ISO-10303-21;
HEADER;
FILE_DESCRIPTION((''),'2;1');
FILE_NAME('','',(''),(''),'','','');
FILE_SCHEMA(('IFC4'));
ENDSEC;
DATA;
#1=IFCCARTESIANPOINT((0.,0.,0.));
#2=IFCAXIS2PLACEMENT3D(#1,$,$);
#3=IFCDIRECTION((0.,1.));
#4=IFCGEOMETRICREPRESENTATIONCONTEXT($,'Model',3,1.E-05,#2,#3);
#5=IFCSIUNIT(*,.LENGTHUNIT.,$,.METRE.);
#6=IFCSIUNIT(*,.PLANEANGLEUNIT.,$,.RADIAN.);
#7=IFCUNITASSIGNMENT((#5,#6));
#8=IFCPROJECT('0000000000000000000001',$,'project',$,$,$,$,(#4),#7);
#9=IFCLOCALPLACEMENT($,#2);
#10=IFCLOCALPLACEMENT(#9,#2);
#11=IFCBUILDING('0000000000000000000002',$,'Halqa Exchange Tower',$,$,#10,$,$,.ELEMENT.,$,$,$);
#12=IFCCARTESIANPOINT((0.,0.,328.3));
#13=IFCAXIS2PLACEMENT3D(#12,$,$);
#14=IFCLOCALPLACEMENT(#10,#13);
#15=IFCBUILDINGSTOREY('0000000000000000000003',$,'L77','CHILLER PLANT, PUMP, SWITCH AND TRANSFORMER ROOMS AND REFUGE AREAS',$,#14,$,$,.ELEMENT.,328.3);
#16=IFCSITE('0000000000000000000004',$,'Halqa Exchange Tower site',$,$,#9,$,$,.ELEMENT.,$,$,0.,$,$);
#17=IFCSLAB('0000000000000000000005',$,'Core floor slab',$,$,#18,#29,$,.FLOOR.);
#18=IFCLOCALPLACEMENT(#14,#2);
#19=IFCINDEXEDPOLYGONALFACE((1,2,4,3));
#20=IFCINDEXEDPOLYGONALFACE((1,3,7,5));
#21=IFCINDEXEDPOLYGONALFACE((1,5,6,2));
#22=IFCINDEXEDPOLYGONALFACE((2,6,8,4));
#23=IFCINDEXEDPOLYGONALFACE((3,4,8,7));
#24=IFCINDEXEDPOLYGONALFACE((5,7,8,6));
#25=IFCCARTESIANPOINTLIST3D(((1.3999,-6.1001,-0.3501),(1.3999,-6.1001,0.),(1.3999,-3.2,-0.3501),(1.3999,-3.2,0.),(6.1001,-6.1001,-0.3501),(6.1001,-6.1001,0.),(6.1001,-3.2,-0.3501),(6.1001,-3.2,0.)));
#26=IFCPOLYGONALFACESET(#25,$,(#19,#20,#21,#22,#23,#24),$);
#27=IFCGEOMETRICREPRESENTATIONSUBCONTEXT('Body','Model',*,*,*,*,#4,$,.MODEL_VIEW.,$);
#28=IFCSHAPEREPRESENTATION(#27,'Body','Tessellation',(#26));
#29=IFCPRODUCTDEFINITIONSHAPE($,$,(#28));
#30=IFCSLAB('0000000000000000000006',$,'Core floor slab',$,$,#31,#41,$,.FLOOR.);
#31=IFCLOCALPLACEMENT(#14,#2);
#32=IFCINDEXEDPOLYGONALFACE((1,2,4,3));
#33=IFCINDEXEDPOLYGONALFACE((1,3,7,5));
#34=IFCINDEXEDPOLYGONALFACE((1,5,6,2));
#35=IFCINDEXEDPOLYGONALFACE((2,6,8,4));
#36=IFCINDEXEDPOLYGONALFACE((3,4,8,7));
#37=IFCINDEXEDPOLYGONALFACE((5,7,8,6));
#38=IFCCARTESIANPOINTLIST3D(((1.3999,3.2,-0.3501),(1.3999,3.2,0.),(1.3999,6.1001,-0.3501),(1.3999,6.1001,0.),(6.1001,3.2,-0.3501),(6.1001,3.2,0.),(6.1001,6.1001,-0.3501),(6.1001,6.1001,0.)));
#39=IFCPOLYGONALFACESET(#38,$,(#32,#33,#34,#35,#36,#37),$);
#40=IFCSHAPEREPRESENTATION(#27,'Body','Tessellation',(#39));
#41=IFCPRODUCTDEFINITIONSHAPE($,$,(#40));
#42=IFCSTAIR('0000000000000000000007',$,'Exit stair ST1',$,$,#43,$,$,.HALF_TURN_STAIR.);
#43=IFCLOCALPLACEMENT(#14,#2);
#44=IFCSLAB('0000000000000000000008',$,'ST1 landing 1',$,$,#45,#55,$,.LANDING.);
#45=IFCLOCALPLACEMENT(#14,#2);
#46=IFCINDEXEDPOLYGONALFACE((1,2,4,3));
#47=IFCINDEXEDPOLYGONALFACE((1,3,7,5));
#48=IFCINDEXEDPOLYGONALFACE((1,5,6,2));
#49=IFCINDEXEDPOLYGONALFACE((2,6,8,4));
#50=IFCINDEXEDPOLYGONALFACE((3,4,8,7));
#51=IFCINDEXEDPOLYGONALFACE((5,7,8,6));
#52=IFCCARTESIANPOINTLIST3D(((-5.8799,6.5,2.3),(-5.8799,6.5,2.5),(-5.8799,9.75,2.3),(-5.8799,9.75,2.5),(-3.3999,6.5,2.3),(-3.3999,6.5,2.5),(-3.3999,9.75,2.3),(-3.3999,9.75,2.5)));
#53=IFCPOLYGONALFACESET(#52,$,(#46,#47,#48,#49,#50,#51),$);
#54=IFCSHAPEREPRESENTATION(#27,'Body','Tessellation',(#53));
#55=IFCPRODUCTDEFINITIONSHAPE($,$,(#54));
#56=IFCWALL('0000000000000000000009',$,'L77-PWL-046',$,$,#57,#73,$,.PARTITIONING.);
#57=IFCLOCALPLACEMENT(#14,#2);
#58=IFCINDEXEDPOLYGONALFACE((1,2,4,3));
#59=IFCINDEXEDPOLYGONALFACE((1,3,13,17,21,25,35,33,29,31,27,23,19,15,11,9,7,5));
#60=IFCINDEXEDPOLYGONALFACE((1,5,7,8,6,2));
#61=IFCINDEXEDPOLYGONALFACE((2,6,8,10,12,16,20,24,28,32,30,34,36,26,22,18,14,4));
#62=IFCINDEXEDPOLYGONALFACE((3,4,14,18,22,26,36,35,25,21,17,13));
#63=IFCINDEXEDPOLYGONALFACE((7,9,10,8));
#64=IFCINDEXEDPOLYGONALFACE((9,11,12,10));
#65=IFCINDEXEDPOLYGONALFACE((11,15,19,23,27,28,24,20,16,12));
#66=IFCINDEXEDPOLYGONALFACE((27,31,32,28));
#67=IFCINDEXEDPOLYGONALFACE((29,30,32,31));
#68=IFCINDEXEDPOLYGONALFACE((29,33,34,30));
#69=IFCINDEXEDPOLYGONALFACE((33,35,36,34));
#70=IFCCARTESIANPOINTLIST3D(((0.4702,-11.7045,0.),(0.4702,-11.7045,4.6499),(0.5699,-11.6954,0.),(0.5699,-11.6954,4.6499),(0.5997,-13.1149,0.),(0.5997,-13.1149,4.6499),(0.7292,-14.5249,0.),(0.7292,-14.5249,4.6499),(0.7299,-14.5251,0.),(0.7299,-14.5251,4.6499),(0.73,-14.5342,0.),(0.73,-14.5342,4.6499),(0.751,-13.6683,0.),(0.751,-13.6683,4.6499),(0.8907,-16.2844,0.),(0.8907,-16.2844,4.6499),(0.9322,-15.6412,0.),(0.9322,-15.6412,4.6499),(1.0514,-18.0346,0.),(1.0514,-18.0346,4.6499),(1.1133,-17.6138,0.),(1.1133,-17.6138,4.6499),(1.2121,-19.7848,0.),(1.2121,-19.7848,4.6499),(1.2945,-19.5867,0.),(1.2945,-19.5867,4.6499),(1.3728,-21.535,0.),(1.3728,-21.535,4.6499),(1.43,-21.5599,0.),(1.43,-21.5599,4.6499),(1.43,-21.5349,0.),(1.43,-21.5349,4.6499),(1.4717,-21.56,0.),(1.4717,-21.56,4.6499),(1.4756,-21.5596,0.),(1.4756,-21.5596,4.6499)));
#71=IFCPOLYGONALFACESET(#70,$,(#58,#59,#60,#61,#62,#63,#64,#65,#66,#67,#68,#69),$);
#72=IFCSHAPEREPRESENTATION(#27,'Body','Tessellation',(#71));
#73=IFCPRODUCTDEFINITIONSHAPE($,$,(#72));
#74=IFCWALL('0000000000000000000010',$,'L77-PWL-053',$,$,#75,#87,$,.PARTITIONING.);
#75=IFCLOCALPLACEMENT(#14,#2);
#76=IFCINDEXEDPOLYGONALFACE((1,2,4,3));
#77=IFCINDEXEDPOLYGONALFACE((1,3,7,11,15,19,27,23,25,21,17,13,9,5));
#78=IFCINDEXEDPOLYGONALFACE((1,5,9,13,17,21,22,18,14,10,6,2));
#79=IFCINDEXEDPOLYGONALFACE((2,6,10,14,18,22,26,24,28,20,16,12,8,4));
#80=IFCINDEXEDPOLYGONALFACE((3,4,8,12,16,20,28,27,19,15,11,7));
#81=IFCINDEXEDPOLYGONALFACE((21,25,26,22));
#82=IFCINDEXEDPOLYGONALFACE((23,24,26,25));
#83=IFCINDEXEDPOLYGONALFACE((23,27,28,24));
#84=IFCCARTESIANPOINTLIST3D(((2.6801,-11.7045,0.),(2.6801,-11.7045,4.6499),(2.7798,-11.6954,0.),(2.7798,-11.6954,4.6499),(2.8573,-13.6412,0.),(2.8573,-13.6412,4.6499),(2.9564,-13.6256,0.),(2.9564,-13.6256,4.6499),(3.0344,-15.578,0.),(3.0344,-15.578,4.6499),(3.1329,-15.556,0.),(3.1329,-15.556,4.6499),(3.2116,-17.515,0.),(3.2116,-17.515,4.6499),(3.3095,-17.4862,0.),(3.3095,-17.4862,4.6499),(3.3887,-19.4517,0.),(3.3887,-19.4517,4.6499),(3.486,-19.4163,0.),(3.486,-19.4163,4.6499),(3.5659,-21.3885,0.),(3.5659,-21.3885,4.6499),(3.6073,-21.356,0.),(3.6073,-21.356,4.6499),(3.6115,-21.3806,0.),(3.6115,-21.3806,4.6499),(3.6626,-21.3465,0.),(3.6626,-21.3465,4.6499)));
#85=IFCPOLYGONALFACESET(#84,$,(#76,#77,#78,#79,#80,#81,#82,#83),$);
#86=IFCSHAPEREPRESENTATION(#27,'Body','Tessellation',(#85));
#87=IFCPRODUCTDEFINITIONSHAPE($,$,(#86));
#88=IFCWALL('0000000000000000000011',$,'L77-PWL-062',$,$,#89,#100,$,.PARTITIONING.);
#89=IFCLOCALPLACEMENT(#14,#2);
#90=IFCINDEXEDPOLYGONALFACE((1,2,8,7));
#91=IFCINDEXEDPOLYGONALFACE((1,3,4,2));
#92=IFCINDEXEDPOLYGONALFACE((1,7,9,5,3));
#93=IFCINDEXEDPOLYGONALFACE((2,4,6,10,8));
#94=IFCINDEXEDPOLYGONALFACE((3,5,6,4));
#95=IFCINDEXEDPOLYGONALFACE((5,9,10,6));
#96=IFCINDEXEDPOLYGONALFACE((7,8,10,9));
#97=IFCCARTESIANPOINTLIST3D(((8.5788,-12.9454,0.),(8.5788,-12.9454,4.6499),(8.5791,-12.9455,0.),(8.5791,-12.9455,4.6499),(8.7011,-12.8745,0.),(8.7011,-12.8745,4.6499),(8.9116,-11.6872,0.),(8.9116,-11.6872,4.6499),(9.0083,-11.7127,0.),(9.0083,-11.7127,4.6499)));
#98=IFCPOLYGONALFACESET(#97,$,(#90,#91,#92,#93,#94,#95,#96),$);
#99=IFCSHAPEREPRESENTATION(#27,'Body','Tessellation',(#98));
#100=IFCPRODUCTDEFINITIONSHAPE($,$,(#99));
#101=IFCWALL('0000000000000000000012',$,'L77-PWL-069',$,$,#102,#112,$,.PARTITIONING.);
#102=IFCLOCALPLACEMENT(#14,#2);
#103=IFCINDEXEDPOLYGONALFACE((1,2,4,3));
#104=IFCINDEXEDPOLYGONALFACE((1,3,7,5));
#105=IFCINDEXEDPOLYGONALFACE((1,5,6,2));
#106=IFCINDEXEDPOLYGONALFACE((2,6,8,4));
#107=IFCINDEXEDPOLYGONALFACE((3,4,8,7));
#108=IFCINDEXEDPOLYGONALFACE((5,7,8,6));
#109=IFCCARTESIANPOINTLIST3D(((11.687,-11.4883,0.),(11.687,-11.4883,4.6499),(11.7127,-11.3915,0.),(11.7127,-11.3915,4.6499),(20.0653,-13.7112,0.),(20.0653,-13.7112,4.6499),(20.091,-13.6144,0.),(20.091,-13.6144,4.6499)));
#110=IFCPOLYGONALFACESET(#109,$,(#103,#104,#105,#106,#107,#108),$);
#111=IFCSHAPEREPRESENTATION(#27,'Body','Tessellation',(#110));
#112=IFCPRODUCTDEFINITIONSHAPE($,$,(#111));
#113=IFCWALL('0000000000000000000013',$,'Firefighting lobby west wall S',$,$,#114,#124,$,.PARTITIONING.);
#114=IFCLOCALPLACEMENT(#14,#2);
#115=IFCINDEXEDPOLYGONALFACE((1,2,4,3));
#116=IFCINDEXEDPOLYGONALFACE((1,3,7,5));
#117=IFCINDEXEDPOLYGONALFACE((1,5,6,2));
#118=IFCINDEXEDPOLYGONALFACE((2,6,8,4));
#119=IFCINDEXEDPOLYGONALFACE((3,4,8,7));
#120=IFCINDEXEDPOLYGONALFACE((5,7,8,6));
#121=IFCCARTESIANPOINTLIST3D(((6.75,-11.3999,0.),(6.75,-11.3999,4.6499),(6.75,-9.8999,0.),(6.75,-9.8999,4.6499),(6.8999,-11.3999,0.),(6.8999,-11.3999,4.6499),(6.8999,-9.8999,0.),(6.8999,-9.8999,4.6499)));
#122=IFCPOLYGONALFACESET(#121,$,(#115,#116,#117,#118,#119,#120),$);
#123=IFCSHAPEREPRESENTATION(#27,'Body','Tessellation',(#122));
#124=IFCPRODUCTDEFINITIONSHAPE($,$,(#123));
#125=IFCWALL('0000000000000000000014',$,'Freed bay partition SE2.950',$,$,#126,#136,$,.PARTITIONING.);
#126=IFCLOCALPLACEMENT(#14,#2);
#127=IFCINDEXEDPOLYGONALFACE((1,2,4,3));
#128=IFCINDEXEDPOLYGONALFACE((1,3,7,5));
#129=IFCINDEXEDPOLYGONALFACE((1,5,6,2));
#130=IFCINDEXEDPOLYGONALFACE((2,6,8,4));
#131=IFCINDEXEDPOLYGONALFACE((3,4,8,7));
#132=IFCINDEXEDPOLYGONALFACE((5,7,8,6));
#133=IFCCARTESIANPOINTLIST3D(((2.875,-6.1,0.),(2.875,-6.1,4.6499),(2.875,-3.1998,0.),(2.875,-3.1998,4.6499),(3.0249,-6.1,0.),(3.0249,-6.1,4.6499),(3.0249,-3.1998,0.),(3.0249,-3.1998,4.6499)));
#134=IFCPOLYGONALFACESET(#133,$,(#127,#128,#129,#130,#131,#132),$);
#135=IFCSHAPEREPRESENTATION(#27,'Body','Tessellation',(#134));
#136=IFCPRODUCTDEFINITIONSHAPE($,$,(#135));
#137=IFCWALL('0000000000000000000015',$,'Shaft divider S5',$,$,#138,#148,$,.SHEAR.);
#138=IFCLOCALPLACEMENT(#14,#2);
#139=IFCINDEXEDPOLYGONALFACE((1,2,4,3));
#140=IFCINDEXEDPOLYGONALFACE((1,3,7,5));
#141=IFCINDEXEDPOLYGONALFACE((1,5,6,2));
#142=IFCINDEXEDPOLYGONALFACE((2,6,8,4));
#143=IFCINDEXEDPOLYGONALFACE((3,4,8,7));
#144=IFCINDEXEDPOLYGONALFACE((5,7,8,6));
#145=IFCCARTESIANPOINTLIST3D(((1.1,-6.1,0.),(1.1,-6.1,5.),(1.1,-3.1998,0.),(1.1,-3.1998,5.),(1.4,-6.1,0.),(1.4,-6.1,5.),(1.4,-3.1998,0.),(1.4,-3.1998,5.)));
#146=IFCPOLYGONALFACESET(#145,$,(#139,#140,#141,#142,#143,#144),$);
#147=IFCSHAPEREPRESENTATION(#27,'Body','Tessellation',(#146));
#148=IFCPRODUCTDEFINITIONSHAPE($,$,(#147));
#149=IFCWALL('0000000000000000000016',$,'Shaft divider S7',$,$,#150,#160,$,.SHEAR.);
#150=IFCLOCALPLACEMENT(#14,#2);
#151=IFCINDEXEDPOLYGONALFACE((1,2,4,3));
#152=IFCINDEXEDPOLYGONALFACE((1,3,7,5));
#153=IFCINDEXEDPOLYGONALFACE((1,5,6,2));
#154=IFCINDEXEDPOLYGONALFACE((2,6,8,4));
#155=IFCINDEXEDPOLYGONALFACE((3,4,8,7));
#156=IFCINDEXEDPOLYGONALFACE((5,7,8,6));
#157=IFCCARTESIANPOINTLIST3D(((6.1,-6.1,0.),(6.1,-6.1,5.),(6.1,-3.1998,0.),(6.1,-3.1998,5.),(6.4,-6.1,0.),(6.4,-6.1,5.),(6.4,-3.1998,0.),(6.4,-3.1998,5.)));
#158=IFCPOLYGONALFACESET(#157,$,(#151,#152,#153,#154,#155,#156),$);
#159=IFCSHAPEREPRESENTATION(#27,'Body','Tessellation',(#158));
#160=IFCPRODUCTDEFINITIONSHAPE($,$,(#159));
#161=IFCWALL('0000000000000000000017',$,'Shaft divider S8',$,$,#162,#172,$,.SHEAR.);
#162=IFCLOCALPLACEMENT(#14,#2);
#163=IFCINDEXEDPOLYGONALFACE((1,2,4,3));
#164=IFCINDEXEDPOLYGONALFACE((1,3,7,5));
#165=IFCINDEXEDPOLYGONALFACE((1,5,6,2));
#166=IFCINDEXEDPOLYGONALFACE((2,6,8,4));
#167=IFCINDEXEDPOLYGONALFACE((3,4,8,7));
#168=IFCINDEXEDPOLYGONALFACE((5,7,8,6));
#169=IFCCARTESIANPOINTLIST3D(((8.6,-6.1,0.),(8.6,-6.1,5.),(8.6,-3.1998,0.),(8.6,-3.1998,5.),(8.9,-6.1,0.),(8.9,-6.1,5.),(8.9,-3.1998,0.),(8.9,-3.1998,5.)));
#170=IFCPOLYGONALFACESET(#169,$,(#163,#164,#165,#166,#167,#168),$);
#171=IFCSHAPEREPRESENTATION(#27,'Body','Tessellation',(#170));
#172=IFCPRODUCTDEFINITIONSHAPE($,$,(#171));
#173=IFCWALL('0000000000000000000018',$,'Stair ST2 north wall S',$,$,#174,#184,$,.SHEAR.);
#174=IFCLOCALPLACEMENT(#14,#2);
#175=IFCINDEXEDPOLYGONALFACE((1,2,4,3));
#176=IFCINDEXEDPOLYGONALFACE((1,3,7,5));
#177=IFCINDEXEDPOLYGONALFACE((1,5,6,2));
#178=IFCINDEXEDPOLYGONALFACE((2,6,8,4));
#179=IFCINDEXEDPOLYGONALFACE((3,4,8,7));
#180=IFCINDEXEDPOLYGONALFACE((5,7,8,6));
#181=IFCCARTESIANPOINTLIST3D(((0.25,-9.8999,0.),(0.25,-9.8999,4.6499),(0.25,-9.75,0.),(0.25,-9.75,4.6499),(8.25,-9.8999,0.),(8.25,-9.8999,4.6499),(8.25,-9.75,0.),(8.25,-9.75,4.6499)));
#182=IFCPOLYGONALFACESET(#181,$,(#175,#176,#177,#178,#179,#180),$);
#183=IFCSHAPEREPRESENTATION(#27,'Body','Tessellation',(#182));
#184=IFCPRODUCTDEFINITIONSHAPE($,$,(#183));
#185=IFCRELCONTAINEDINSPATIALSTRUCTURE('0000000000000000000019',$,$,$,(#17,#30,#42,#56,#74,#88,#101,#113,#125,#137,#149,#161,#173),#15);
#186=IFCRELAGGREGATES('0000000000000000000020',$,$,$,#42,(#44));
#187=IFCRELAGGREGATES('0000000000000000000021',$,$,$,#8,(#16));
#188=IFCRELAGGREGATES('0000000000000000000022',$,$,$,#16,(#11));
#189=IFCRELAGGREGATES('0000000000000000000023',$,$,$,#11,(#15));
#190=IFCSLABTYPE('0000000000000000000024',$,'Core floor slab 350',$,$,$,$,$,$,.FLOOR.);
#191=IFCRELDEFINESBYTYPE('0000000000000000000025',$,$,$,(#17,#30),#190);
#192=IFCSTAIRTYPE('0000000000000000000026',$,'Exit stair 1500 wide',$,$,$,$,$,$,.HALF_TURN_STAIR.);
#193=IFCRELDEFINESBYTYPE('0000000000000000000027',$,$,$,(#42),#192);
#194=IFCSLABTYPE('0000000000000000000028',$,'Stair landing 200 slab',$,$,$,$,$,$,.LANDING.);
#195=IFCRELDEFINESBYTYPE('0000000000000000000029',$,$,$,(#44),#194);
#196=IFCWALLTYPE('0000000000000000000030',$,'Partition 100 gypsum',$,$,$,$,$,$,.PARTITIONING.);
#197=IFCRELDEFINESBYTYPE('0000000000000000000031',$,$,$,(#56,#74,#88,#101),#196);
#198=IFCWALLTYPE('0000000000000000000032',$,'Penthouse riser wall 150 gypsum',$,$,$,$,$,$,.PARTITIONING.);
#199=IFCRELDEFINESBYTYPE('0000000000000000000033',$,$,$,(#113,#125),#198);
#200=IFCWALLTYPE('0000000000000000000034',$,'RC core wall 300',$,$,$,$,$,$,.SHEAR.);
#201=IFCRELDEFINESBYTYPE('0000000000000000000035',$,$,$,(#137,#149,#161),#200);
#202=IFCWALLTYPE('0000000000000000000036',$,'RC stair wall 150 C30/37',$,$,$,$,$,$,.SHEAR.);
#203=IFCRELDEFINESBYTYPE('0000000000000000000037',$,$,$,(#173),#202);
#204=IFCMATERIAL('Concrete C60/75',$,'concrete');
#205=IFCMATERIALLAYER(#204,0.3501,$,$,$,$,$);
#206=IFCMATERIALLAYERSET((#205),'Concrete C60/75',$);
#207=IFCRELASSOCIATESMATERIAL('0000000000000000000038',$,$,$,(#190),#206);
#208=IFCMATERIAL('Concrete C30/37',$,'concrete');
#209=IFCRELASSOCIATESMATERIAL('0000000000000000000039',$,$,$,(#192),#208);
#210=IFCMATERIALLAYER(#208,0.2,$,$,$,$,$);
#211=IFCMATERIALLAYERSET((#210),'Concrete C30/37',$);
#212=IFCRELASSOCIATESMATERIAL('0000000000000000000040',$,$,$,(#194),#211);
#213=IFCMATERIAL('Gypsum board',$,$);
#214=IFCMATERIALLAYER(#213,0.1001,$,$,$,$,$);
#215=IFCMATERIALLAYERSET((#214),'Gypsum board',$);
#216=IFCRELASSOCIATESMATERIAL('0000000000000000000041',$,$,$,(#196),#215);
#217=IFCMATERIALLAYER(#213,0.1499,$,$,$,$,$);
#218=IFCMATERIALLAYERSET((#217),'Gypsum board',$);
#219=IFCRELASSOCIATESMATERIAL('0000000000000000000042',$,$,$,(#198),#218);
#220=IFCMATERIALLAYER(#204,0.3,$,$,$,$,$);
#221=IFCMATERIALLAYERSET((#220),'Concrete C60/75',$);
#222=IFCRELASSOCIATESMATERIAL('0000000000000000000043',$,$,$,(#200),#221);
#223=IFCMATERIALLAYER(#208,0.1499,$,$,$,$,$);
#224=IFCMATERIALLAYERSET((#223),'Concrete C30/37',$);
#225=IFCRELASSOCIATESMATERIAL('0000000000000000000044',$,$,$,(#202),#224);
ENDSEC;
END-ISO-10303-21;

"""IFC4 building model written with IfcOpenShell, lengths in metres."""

from ifc_helpers import new_model, si_unit, direction, frame, frame_2d, origin, place, context, subcontext, project, spatial, polyline, rectangle, outline, extrude, material, layer, layer_set, type_object, element, aggregate, save


model = new_model("IFC4")

# Units and contexts
model_context = context("Model", 3, precision=1e-05, world=origin(), true_north=direction((0.0, 1.0)))
body_context = subcontext(model_context, "Body", "Model", "MODEL_VIEW")
ifc_project = project(units=[si_unit("LENGTHUNIT", "METRE"), si_unit("PLANEANGLEUNIT", "RADIAN")], contexts=[model_context])

# Site, building, storey
site_placement = place(None, origin())
site = spatial("IfcSite", under=ifc_project, at=site_placement, Name="Halqa Exchange Tower site", CompositionType="ELEMENT", RefElevation=0.0)
building_placement = place(site_placement, origin())
building = spatial("IfcBuilding", under=site, at=building_placement, Name="Halqa Exchange Tower", CompositionType="ELEMENT")
storey_placement = place(building_placement, frame((0.0, 0.0, 328.3)))
storey = spatial("IfcBuildingStorey", under=building, at=storey_placement, Name="L77", Description="CHILLER PLANT, PUMP, SWITCH AND TRANSFORMER ROOMS AND REFUGE AREAS", CompositionType="ELEMENT", Elevation=328.3)

# Slabs
ifc_material_1 = material(Name="Concrete C60/75", Category="concrete")
ifc_layer_1 = layer(ifc_material_1, 0.3501)
ifc_layer_set_1 = layer_set([ifc_layer_1], Name="Concrete C60/75")
slab_type_1 = type_object("IfcSlabType", Name="Core floor slab 350", PredefinedType="FLOOR", material=ifc_layer_set_1)
slab_1_placement = place(storey_placement, frame((0.0, 0.0, -0.3501)))
element("IfcSlab", 1, at=slab_1_placement, inside=storey, type_object=slab_type_1, Name="Core floor slab", PredefinedType="FLOOR", context=body_context, shape_type="SweptSolid", body=[
    extrude(outline(polyline([(6.1001, -3.2), (6.1001, -6.1001), (1.3999, -6.1001), (1.3999, -3.2), (6.1001, -3.2)])), origin(), (0.0, 0.0, 1.0), 0.3501),
])
slab_2_placement = place(storey_placement, frame((0.0, 0.0, -0.3501)))
element("IfcSlab", 2, at=slab_2_placement, inside=storey, type_object=slab_type_1, Name="Core floor slab", PredefinedType="FLOOR", context=body_context, shape_type="SweptSolid", body=[
    extrude(outline(polyline([(6.1001, 6.1001), (6.1001, 3.2), (1.3999, 3.2), (1.3999, 6.1001), (6.1001, 6.1001)])), origin(), (0.0, 0.0, 1.0), 0.3501),
])

# Stair, slab
ifc_material_2 = material(Name="Concrete C30/37", Category="concrete")
stair_type = type_object("IfcStairType", Name="Exit stair 1500 wide", PredefinedType="HALF_TURN_STAIR", material=ifc_material_2)
stair_1_placement = place(storey_placement, origin())
stair_1 = element("IfcStair", 3, at=stair_1_placement, inside=storey, type_object=stair_type, Name="Exit stair ST1", PredefinedType="HALF_TURN_STAIR")
ifc_layer_2 = layer(ifc_material_2, 0.2)
ifc_layer_set_2 = layer_set([ifc_layer_2], Name="Concrete C30/37")
slab_type_2 = type_object("IfcSlabType", Name="Stair landing 200 slab", PredefinedType="LANDING", material=ifc_layer_set_2)
slab_3_placement = place(storey_placement, frame((0.0, 0.0, 2.3)))
slab_3 = element("IfcSlab", 4, at=slab_3_placement, type_object=slab_type_2, Name="ST1 landing 1", PredefinedType="LANDING", context=body_context, shape_type="SweptSolid", body=[
    extrude(outline(polyline([(-5.8799, 6.5), (-3.3999, 6.5), (-3.3999, 9.75), (-5.8799, 9.75), (-5.8799, 6.5)])), origin(), (0.0, 0.0, 1.0), 0.2),
])
aggregate(stair_1, [slab_3])

# Walls
ifc_material_3 = material(Name="Gypsum board")
ifc_layer_3 = layer(ifc_material_3, 0.1001)
ifc_layer_set_3 = layer_set([ifc_layer_3], Name="Gypsum board")
wall_type_1 = type_object("IfcWallType", Name="Partition 100 gypsum", PredefinedType="PARTITIONING", material=ifc_layer_set_3)
wall_1_placement = place(storey_placement, frame((0.52, -11.7, 0.0), z_axis=(0.0, 0.0, 1.0), x_axis=(0.091438, -0.995811, 0.0)))
element("IfcWall", 5, at=wall_1_placement, inside=storey, type_object=wall_type_1, Name="L77-PWL-046", PredefinedType="PARTITIONING", context=body_context, shape_type="SweptSolid", body=[
    extrude(outline(polyline([(0.0, -0.05), (1.4163, -0.05), (2.8323, -0.05), (2.8325, -0.0493), (2.8416, -0.05), (4.5991, -0.05), (6.3567, -0.05), (8.1143, -0.05), (9.8718, -0.05), (9.877, 0.0068), (9.9019, 0.0046), (9.9058, 0.0461), (9.9058, 0.05), (7.9246, 0.05), (5.9434, 0.05), (3.9624, 0.05), (1.9812, 0.05), (0.0, 0.05), (0.0, -0.05)])), origin(), (0.0, 0.0, 1.0), 4.6499),
])
wall_2_placement = place(storey_placement, frame((2.73, -11.7, 0.0), z_axis=(0.0, 0.0, 1.0), x_axis=(0.091086, -0.995843, 0.0)))
element("IfcWall", 6, at=wall_2_placement, inside=storey, type_object=wall_type_1, Name="L77-PWL-053", PredefinedType="PARTITIONING", context=body_context, shape_type="SweptSolid", body=[
    extrude(outline(polyline([(9.7244, -0.05), (9.7244, -0.05), (9.7207, -0.0039), (9.6958, -0.0059), (9.6914, 0.05), (7.7532, 0.05), (5.8149, 0.05), (3.8767, 0.05), (1.9382, 0.05), (0.0, 0.05), (0.0, -0.05), (1.9448, -0.05), (3.8896, -0.05), (5.8347, -0.05), (7.7795, -0.05), (9.7244, -0.05)])), origin(), (0.0, 0.0, 1.0), 4.6499),
])
wall_3_placement = place(storey_placement, frame((8.96, -11.7, 0.0), z_axis=(0.0, 0.0, 1.0), x_axis=(-0.255666, -0.966765, 0.0)))
element("IfcWall", 7, at=wall_3_placement, inside=storey, type_object=wall_type_1, Name="L77-PWL-062", PredefinedType="PARTITIONING", context=body_context, shape_type="SweptSolid", body=[
    extrude(outline(polyline([(1.3015, -0.05), (1.3015, -0.0498), (1.2017, 0.05), (0.0, 0.05), (0.0, -0.05), (1.3015, -0.05)])), origin(), (0.0, 0.0, 1.0), 4.6499),
])
wall_4_placement = place(storey_placement, frame((11.7, -11.4399, 0.0), z_axis=(0.0, 0.0, 1.0), x_axis=(0.96656, -0.256441, 0.0)))
element("IfcWall", 8, at=wall_4_placement, inside=storey, type_object=wall_type_1, Name="L77-PWL-069", PredefinedType="PARTITIONING", context=body_context, shape_type="SweptSolid", body=[
    extrude(rectangle(XDim=8.6682, YDim=0.1001, at=frame_2d((4.334, 0.0))), origin(), (0.0, 0.0, 1.0), 4.6499),
])
ifc_layer_4 = layer(ifc_material_3, 0.1499)
ifc_layer_set_4 = layer_set([ifc_layer_4], Name="Gypsum board")
wall_type_2 = type_object("IfcWallType", Name="Penthouse riser wall 150 gypsum", PredefinedType="PARTITIONING", material=ifc_layer_set_4)
wall_5_placement = place(storey_placement, frame((6.825, -11.3999, 0.0), z_axis=(0.0, 0.0, 1.0), x_axis=(0.0, 1.0, 0.0)))
element("IfcWall", 9, at=wall_5_placement, inside=storey, type_object=wall_type_2, Name="Firefighting lobby west wall S", PredefinedType="PARTITIONING", context=body_context, shape_type="SweptSolid", body=[
    extrude(rectangle(XDim=1.5, YDim=0.1499, at=frame_2d((0.75, 0.0))), origin(), (0.0, 0.0, 1.0), 4.6499),
])
wall_6_placement = place(storey_placement, frame((2.95, -6.1001, 0.0), z_axis=(0.0, 0.0, 1.0), x_axis=(0.0, 1.0, 0.0)))
element("IfcWall", 10, at=wall_6_placement, inside=storey, type_object=wall_type_2, Name="Freed bay partition SE2.950", PredefinedType="PARTITIONING", context=body_context, shape_type="SweptSolid", body=[
    extrude(rectangle(XDim=2.9001, YDim=0.1499, at=frame_2d((1.4502, 0.0))), origin(), (0.0, 0.0, 1.0), 4.6499),
])
ifc_layer_5 = layer(ifc_material_1, 0.3)
ifc_layer_set_5 = layer_set([ifc_layer_5], Name="Concrete C60/75")
wall_type_3 = type_object("IfcWallType", Name="RC core wall 300", PredefinedType="SHEAR", material=ifc_layer_set_5)
for number, where, z_axis, x_axis, name in (
    (11, (1.25, -6.1001, 0.0), (0.0, 0.0, 1.0), (0.0, 1.0, 0.0), "Shaft divider S5"),
    (12, (6.25, -6.1001, 0.0), (0.0, 0.0, 1.0), (0.0, 1.0, 0.0), "Shaft divider S7"),
    (13, (8.75, -6.1001, 0.0), (0.0, 0.0, 1.0), (0.0, 1.0, 0.0), "Shaft divider S8"),
):
    element("IfcWall", number, at=place(storey_placement, frame(where, z_axis=z_axis, x_axis=x_axis)), inside=storey, type_object=wall_type_3, Name=name, PredefinedType="SHEAR", context=body_context, shape_type="SweptSolid", body=[
        extrude(rectangle(XDim=2.9001, YDim=0.3, at=frame_2d((1.4502, 0.0))), origin(), (0.0, 0.0, 1.0), 5.0),
    ])
ifc_layer_6 = layer(ifc_material_2, 0.1499)
ifc_layer_set_6 = layer_set([ifc_layer_6], Name="Concrete C30/37")
wall_type_4 = type_object("IfcWallType", Name="RC stair wall 150 C30/37", PredefinedType="SHEAR", material=ifc_layer_set_6)
wall_7_placement = place(storey_placement, frame((0.25, -9.825, 0.0), z_axis=(0.0, 0.0, 1.0), x_axis=(1.0, 0.0, 0.0)))
element("IfcWall", 14, at=wall_7_placement, inside=storey, type_object=wall_type_4, Name="Stair ST2 north wall S", PredefinedType="SHEAR", context=body_context, shape_type="SweptSolid", body=[
    extrude(rectangle(XDim=8.0, YDim=0.1499, at=frame_2d((4.0, 0.0))), origin(), (0.0, 0.0, 1.0), 4.6499),
])

save(model, "model.ifc")
